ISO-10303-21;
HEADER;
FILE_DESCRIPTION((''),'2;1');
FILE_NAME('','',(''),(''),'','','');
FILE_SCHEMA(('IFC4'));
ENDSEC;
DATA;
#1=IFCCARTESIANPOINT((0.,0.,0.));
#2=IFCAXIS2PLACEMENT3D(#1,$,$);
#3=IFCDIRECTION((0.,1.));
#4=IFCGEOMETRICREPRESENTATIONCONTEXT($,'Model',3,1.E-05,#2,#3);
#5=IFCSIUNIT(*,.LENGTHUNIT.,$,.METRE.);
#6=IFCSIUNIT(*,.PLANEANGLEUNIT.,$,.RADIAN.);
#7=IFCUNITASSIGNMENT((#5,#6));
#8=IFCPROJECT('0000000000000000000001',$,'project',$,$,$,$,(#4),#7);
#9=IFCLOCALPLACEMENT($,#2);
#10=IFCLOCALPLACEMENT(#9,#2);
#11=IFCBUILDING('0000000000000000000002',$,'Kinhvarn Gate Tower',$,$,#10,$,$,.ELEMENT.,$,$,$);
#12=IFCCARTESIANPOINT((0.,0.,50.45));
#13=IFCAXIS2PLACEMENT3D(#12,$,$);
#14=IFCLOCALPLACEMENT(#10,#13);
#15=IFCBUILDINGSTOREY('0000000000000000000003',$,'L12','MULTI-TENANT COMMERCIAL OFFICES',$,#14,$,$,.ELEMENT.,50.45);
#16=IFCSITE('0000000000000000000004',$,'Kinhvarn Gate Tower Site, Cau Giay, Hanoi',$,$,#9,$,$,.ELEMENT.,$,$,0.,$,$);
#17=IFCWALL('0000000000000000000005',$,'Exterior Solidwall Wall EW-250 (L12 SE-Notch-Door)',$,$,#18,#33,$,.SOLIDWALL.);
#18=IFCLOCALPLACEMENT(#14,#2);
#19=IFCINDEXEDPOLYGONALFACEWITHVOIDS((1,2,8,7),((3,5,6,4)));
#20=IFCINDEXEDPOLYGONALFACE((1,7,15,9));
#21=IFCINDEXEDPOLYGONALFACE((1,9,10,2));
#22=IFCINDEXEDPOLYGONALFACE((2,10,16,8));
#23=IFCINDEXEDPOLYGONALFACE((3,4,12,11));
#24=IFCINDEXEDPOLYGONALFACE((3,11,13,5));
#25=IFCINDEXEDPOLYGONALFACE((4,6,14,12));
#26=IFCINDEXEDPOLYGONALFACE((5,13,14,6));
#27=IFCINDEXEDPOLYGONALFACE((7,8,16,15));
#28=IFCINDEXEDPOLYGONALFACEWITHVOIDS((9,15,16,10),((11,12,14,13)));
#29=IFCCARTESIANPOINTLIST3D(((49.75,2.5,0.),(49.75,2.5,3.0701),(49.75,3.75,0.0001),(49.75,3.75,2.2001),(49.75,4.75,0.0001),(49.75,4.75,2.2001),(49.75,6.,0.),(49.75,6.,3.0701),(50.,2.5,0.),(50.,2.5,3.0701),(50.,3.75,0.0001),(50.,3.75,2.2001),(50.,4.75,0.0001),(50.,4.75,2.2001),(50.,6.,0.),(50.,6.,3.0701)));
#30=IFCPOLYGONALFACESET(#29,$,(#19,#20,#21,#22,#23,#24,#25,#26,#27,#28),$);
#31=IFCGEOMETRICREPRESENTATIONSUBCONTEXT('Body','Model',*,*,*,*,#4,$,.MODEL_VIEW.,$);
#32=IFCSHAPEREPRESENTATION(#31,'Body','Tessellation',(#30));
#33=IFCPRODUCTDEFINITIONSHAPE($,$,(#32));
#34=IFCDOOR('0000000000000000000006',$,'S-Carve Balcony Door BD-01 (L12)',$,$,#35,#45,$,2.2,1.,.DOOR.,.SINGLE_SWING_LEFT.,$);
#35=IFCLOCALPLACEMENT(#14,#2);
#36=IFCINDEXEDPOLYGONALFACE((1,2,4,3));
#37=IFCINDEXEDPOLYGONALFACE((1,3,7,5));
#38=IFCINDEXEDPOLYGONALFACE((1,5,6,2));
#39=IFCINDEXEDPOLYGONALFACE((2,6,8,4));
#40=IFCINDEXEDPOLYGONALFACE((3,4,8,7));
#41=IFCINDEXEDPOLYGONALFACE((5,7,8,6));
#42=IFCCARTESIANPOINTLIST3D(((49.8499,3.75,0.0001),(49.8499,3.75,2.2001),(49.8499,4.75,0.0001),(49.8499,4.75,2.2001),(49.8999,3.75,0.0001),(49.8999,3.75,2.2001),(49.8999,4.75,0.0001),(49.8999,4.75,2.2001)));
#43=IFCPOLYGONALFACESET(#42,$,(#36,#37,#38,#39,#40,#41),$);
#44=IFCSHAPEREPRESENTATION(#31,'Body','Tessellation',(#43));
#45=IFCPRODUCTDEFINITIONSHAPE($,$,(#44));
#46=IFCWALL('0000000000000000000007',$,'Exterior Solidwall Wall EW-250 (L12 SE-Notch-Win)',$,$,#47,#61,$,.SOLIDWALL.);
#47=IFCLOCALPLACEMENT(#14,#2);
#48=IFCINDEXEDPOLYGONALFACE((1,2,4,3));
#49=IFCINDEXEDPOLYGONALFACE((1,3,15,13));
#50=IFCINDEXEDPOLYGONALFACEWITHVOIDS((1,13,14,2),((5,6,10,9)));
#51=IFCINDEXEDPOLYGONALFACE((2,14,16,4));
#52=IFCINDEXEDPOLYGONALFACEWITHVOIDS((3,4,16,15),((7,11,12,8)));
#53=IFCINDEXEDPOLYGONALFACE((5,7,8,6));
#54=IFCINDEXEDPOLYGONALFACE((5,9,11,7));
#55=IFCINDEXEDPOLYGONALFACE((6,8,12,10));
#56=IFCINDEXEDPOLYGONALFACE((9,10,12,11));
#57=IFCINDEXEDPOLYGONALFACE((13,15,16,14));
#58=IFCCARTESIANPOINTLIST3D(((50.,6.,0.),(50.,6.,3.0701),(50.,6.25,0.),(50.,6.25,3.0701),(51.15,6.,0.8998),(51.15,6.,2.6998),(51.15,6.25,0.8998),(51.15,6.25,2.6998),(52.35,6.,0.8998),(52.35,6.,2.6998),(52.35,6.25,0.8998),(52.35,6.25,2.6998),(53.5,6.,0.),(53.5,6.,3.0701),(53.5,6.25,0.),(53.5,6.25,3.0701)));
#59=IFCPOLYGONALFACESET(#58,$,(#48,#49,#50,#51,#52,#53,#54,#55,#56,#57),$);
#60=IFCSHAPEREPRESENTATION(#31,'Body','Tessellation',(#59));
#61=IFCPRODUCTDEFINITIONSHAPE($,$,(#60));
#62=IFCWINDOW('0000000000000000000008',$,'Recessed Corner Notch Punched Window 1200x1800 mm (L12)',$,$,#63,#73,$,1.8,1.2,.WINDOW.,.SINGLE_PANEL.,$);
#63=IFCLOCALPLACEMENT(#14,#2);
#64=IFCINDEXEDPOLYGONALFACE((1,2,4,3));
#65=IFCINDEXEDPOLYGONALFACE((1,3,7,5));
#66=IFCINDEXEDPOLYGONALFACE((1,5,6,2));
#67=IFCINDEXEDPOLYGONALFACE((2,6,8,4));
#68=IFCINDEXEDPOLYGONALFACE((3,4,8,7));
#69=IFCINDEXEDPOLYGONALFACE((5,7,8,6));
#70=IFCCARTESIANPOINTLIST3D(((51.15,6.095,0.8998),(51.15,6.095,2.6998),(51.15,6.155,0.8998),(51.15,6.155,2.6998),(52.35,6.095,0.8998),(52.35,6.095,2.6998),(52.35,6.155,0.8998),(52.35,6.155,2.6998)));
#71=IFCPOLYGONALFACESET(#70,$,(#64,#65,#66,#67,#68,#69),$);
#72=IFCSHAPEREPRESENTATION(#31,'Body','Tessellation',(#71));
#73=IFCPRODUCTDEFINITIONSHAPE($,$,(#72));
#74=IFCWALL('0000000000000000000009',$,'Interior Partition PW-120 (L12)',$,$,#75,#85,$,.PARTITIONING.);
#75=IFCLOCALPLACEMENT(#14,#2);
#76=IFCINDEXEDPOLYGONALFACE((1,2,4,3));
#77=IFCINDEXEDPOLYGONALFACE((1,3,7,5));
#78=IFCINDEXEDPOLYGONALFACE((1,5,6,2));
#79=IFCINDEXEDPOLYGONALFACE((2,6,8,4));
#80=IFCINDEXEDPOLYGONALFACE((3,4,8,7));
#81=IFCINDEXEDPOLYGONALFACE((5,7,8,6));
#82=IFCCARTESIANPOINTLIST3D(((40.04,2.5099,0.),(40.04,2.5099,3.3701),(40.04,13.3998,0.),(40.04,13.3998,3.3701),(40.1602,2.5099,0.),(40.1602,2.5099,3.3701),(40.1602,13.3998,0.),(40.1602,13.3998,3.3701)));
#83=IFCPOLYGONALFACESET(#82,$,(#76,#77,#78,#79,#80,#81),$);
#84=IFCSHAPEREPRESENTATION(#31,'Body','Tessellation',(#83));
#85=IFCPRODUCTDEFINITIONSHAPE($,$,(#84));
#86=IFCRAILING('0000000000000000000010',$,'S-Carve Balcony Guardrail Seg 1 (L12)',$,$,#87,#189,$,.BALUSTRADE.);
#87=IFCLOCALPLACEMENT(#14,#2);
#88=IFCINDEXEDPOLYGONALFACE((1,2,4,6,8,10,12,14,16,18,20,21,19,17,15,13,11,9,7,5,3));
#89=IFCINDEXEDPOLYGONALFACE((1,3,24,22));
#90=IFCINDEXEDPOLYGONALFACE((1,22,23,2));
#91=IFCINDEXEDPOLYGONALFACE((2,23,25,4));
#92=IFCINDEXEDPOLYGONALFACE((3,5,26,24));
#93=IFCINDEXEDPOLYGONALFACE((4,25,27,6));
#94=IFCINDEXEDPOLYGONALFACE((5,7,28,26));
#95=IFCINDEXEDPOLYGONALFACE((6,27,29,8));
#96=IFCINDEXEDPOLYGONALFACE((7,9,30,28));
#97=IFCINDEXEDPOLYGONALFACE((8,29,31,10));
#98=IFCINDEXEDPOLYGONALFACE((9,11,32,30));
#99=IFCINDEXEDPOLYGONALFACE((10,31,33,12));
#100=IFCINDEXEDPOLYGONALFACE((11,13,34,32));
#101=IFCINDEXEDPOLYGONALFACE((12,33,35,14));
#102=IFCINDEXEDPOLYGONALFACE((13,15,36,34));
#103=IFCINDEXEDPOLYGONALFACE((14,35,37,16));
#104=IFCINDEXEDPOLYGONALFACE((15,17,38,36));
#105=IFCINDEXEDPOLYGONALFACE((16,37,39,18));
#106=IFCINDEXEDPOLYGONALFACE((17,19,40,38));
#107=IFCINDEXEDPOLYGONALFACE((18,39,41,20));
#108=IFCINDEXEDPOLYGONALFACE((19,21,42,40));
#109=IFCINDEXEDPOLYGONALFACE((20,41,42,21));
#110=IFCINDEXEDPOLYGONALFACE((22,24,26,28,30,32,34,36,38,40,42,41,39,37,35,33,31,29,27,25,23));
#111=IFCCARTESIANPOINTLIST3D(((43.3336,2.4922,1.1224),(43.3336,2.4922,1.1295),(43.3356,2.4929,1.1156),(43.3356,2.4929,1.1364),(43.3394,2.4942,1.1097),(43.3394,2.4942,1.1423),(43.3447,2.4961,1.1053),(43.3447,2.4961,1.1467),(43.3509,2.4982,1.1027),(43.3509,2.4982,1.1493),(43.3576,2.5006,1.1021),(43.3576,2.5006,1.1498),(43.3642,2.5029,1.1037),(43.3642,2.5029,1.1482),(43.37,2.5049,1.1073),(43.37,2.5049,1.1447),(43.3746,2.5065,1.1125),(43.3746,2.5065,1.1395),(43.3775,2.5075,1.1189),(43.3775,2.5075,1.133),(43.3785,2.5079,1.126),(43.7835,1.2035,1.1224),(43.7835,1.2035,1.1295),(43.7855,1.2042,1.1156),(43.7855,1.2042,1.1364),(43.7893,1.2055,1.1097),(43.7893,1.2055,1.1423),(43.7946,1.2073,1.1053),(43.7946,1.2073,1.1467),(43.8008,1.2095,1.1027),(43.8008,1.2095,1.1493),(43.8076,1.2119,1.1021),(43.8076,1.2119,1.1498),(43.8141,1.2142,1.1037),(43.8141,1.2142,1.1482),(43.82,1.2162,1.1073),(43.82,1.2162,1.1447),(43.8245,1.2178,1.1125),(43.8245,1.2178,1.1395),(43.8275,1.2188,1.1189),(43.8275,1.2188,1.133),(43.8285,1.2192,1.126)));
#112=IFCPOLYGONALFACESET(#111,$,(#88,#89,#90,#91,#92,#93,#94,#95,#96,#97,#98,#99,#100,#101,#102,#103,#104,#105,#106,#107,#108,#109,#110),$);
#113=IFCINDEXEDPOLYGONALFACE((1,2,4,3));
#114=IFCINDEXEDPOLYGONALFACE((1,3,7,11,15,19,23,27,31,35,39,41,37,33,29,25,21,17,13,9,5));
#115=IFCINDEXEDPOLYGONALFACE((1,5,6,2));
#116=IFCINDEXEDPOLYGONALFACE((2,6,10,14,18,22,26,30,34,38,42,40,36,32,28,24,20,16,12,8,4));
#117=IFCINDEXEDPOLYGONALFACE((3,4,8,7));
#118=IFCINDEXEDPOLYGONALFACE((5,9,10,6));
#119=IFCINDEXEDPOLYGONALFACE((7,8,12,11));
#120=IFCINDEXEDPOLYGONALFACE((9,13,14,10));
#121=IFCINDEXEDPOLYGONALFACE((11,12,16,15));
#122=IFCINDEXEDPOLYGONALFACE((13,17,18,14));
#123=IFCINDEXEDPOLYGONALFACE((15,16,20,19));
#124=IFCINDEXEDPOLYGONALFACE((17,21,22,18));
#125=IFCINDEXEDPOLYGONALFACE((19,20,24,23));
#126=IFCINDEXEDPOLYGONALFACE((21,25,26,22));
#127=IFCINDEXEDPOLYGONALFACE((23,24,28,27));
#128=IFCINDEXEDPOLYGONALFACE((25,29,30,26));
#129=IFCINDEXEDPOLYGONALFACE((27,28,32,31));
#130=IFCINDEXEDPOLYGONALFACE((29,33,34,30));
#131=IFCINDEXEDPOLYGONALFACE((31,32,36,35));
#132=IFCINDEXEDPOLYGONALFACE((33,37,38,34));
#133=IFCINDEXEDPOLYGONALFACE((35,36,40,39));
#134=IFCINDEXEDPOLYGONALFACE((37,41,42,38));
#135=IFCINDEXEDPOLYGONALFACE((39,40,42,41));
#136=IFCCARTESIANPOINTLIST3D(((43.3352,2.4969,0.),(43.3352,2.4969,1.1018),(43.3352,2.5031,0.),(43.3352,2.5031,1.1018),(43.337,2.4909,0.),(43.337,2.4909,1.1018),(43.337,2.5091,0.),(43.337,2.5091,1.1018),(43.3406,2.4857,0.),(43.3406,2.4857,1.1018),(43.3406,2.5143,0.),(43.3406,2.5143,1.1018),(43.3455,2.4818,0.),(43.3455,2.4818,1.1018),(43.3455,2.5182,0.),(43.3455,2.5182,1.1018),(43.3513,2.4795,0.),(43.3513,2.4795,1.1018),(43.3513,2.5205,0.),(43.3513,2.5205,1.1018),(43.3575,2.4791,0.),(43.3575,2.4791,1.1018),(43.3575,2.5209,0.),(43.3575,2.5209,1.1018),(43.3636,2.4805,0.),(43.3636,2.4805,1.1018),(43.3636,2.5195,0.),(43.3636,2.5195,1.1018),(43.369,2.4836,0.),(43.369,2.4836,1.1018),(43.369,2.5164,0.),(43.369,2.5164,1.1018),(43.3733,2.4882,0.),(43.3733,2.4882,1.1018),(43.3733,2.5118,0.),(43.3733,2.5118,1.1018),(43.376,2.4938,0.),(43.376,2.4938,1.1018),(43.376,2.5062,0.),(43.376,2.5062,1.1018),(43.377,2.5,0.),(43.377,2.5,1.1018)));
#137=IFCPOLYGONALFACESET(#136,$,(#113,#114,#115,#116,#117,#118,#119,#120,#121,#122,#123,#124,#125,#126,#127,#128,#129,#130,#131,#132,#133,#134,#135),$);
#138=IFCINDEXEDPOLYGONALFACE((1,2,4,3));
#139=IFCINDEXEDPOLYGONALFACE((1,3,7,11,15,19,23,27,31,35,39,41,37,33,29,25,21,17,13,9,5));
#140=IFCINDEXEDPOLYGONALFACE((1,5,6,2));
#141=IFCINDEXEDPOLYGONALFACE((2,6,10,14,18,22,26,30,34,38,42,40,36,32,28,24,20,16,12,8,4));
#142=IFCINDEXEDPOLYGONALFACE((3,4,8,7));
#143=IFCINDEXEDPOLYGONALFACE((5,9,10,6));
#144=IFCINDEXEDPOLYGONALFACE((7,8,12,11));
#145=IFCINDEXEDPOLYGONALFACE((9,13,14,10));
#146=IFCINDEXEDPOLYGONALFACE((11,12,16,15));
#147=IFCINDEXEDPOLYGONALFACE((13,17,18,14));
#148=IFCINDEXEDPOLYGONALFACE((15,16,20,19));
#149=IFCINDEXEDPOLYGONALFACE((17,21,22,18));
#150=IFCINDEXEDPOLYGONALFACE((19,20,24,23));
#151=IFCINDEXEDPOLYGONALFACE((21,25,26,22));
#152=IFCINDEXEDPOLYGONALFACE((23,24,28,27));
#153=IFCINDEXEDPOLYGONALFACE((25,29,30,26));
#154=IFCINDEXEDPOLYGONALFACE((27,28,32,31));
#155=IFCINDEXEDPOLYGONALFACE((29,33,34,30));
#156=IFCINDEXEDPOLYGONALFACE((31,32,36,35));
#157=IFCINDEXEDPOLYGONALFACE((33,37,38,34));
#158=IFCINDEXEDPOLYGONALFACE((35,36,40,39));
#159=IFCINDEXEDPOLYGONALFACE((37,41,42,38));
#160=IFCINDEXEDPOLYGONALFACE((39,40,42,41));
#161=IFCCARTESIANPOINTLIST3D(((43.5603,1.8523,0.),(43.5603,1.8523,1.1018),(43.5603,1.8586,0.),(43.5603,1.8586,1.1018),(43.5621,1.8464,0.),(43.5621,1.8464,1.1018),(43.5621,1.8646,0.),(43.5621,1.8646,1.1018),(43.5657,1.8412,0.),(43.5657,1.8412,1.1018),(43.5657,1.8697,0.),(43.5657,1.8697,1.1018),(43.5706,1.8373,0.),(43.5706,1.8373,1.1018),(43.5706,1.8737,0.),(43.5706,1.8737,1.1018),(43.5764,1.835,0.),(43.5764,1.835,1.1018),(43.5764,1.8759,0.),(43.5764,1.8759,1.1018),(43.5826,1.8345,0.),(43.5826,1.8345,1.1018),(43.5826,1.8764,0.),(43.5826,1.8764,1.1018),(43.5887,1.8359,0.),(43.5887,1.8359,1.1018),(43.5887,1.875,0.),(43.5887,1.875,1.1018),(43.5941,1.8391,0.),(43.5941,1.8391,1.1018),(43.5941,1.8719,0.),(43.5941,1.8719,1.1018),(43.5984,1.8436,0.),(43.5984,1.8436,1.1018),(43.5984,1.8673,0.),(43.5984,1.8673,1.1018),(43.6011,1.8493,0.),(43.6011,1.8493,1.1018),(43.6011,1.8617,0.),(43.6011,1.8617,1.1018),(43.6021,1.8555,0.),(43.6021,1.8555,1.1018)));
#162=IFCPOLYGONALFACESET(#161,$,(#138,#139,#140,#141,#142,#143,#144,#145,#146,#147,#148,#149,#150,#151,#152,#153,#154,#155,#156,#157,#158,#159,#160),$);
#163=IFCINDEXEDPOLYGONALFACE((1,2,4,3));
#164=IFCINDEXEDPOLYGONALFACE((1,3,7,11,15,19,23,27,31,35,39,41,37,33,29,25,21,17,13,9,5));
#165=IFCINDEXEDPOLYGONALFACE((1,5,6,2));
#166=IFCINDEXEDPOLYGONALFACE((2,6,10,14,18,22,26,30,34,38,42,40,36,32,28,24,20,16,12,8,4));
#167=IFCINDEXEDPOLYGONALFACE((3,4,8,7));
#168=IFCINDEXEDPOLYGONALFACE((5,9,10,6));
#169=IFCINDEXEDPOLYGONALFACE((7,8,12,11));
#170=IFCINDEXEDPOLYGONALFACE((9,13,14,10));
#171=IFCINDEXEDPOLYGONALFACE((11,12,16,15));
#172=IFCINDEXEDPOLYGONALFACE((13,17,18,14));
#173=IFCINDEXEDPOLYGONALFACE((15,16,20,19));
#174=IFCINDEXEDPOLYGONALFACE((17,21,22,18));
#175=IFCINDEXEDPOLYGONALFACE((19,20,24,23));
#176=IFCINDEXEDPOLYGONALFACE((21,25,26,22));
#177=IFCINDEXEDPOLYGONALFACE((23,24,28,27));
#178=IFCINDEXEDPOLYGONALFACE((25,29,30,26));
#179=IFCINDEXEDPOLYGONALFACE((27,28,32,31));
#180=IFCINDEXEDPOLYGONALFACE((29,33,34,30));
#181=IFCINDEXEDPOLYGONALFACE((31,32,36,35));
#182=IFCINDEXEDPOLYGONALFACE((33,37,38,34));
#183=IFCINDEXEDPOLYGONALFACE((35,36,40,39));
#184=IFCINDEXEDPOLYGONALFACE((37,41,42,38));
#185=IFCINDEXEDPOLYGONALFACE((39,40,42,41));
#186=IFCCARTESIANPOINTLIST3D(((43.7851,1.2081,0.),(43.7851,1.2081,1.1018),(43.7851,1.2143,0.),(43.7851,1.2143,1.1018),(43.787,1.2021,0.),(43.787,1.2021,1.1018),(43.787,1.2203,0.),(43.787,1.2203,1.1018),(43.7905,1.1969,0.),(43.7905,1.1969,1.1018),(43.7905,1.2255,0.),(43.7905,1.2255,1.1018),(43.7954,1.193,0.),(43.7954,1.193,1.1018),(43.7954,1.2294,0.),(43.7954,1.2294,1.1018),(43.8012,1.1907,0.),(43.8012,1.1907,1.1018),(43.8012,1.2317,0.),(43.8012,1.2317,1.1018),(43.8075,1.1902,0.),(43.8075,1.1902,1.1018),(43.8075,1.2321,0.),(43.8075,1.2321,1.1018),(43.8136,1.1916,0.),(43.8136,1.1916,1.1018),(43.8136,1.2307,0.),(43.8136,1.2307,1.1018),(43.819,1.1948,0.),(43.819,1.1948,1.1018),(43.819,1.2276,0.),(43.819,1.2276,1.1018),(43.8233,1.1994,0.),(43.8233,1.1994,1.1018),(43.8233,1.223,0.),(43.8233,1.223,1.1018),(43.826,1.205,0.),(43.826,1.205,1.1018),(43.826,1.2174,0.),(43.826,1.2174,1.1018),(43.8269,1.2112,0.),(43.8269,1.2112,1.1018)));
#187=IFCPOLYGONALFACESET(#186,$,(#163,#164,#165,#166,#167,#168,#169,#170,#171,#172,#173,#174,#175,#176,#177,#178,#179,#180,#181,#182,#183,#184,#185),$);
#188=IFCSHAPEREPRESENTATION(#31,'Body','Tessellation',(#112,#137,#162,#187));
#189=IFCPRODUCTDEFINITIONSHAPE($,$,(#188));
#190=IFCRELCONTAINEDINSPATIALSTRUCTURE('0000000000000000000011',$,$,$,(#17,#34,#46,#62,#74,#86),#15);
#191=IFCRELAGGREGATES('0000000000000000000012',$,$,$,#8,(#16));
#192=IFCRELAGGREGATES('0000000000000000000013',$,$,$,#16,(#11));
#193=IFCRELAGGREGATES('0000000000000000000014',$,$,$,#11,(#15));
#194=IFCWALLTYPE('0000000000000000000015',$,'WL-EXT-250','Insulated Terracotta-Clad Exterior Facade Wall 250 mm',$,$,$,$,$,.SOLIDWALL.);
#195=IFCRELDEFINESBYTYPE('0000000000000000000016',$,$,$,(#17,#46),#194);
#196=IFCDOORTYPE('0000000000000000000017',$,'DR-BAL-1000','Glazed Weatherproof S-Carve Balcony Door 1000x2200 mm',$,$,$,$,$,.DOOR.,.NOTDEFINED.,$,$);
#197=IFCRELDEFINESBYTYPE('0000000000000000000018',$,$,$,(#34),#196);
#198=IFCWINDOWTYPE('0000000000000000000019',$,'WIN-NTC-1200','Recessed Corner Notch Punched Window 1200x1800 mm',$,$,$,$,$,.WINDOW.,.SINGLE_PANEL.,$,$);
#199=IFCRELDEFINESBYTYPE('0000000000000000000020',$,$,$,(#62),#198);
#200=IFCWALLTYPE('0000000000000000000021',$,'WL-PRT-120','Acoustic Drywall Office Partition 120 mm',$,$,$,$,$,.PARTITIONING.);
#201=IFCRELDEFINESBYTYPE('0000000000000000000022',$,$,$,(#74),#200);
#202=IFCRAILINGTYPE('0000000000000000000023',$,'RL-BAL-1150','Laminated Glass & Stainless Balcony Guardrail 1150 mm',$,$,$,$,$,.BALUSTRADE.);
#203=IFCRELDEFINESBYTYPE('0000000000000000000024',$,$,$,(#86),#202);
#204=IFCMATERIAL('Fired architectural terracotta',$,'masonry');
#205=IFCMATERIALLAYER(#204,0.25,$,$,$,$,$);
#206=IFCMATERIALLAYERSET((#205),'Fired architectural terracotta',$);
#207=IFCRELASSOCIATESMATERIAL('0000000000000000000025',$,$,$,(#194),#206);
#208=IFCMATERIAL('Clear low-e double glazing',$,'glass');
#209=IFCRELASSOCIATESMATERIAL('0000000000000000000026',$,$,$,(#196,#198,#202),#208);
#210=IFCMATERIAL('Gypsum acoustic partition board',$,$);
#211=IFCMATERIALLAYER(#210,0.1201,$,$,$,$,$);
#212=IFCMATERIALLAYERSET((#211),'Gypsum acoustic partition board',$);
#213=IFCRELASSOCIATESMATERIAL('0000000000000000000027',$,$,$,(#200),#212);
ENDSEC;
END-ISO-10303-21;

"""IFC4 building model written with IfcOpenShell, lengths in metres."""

from ifc_helpers import new_model, si_unit, direction, frame, frame_2d, origin, origin_2d, place, context, subcontext, project, spatial, rectangle, circle, extrude, material, layer, layer_set, type_object, element, fill, save


model = new_model("IFC4")

# Units and contexts
model_context = context("Model", 3, precision=1e-05, world=origin(), true_north=direction((0.0, 1.0)))
body_context = subcontext(model_context, "Body", "Model", "MODEL_VIEW")
ifc_project = project(units=[si_unit("LENGTHUNIT", "METRE"), si_unit("PLANEANGLEUNIT", "RADIAN")], contexts=[model_context])

# Site, building, storey
site_placement = place(None, origin())
site = spatial("IfcSite", under=ifc_project, at=site_placement, Name="Kinhvarn Gate Tower Site, Cau Giay, Hanoi", CompositionType="ELEMENT", RefElevation=0.0)
building_placement = place(site_placement, origin())
building = spatial("IfcBuilding", under=site, at=building_placement, Name="Kinhvarn Gate Tower", CompositionType="ELEMENT")
storey_placement = place(building_placement, frame((0.0, 0.0, 50.45)))
storey = spatial("IfcBuildingStorey", under=building, at=storey_placement, Name="L12", Description="MULTI-TENANT COMMERCIAL OFFICES", CompositionType="ELEMENT", Elevation=50.45)

# Shared definitions
ifc_material_1 = material(Name="Clear low-e double glazing", Category="glass")

# Wall, opening, door
ifc_material_2 = material(Name="Fired architectural terracotta", Category="masonry")
ifc_layer_1 = layer(ifc_material_2, 0.25)
ifc_layer_set_1 = layer_set([ifc_layer_1], Name="Fired architectural terracotta")
wall_type_1 = type_object("IfcWallType", Name="WL-EXT-250", Description="Insulated Terracotta-Clad Exterior Facade Wall 250 mm", PredefinedType="SOLIDWALL", material=ifc_layer_set_1)
wall_1_placement = place(storey_placement, frame((49.875, 2.5, 0.0), z_axis=(0.0, 0.0, 1.0), x_axis=(0.0, 1.0, 0.0)))
wall_1 = element("IfcWall", 1, at=wall_1_placement, inside=storey, type_object=wall_type_1, Name="Exterior Solidwall Wall EW-250 (L12 SE-Notch-Door)", PredefinedType="SOLIDWALL", context=body_context, shape_type="SweptSolid", body=[
    extrude(rectangle(XDim=3.5, YDim=0.25, at=frame_2d((1.75, 0.0))), origin(), (0.0, 0.0, 1.0), 3.0701),
])
opening_1_placement = place(wall_1_placement, frame((1.25, 0.0, 0.0)))
opening_1 = element("IfcOpeningElement", 2, at=opening_1_placement, cuts=wall_1, PredefinedType="OPENING", context=body_context, shape_type="SweptSolid", body=[
    extrude(rectangle(XDim=1.0, YDim=2.2, at=frame_2d((0.5, 1.1001))), frame((0.0, 0.135, 0.0), z_axis=(0.0, -1.0, 0.0), x_axis=(1.0, 0.0, 0.0)), (0.0, 0.0, 1.0), 0.27),
])
door_type = type_object("IfcDoorType", Name="DR-BAL-1000", Description="Glazed Weatherproof S-Carve Balcony Door 1000x2200 mm", OperationType="NOTDEFINED", PredefinedType="DOOR", material=ifc_material_1)
door_placement = place(opening_1_placement, frame((1.0, 0.0, 0.0), z_axis=(0.0, 0.0, 1.0), x_axis=(-1.0, 0.0, 0.0)))
door = element("IfcDoor", 3, at=door_placement, inside=storey, type_object=door_type, Name="S-Carve Balcony Door BD-01 (L12)", OperationType="SINGLE_SWING_LEFT", OverallHeight=2.2, OverallWidth=1.0, PredefinedType="DOOR", context=body_context, shape_type="SweptSolid", body=[
    extrude(rectangle(XDim=1.0, YDim=2.2, at=frame_2d((0.5, 1.1001))), frame((0.0, 0.0249, 0.0), z_axis=(0.0, -1.0, 0.0), x_axis=(1.0, 0.0, 0.0)), (0.0, 0.0, 1.0), 0.05),
])
fill(opening_1, door)

# Wall, opening, window
wall_2_placement = place(storey_placement, frame((50.0, 6.125, 0.0), z_axis=(0.0, 0.0, 1.0), x_axis=(1.0, 0.0, 0.0)))
wall_2 = element("IfcWall", 4, at=wall_2_placement, inside=storey, type_object=wall_type_1, Name="Exterior Solidwall Wall EW-250 (L12 SE-Notch-Win)", PredefinedType="SOLIDWALL", context=body_context, shape_type="SweptSolid", body=[
    extrude(rectangle(XDim=3.5, YDim=0.25, at=frame_2d((1.75, 0.0))), origin(), (0.0, 0.0, 1.0), 3.0701),
])
opening_2_placement = place(wall_2_placement, frame((1.1499, 0.0, 0.8999)))
opening_2 = element("IfcOpeningElement", 5, at=opening_2_placement, cuts=wall_2, PredefinedType="OPENING", context=body_context, shape_type="SweptSolid", body=[
    extrude(rectangle(XDim=1.2, YDim=1.8, at=frame_2d((0.6001, 0.8999))), frame((0.0, 0.135, 0.0), z_axis=(0.0, -1.0, 0.0), x_axis=(1.0, 0.0, 0.0)), (0.0, 0.0, 1.0), 0.27),
])
window_type = type_object("IfcWindowType", Name="WIN-NTC-1200", Description="Recessed Corner Notch Punched Window 1200x1800 mm", PartitioningType="SINGLE_PANEL", PredefinedType="WINDOW", material=ifc_material_1)
window_placement = place(opening_2_placement, origin())
window = element("IfcWindow", 6, at=window_placement, inside=storey, type_object=window_type, Name="Recessed Corner Notch Punched Window 1200x1800 mm (L12)", OverallHeight=1.8, OverallWidth=1.2, PartitioningType="SINGLE_PANEL", PredefinedType="WINDOW", context=body_context, shape_type="SweptSolid", body=[
    extrude(rectangle(XDim=1.2, YDim=1.8, at=frame_2d((0.6001, 0.8999))), frame((0.0, 0.03, 0.0), z_axis=(0.0, -1.0, 0.0), x_axis=(1.0, 0.0, 0.0)), (0.0, 0.0, 1.0), 0.0601),
])
fill(opening_2, window)

# Wall
ifc_material_3 = material(Name="Gypsum acoustic partition board")
ifc_layer_2 = layer(ifc_material_3, 0.1201)
ifc_layer_set_2 = layer_set([ifc_layer_2], Name="Gypsum acoustic partition board")
wall_type_2 = type_object("IfcWallType", Name="WL-PRT-120", Description="Acoustic Drywall Office Partition 120 mm", PredefinedType="PARTITIONING", material=ifc_layer_set_2)
wall_3_placement = place(storey_placement, frame((40.1001, 2.51, 0.0), z_axis=(0.0, 0.0, 1.0), x_axis=(0.0, 1.0, 0.0)))
element("IfcWall", 7, at=wall_3_placement, inside=storey, type_object=wall_type_2, Name="Interior Partition PW-120 (L12)", PredefinedType="PARTITIONING", context=body_context, shape_type="SweptSolid", body=[
    extrude(rectangle(XDim=10.8899, YDim=0.1201, at=frame_2d((5.4448, 0.0))), origin(), (0.0, 0.0, 1.0), 3.3701),
])

# Railing
railing_type = type_object("IfcRailingType", Name="RL-BAL-1150", Description="Laminated Glass & Stainless Balcony Guardrail 1150 mm", PredefinedType="BALUSTRADE", material=ifc_material_1)
railing_1_placement = place(storey_placement, frame((43.356, 2.5, 0.0)))
element("IfcRailing", 8, at=railing_1_placement, inside=storey, type_object=railing_type, Name="S-Carve Balcony Guardrail Seg 1 (L12)", PredefinedType="BALUSTRADE", context=body_context, shape_type="SweptSolid", body=[
    extrude(circle(Radius=0.0239, at=origin_2d()), frame((0.0, 0.0, 1.126), z_axis=(0.329609, -0.944117, 0.0), x_axis=(0.944117, 0.329609, 0.0)), (0.0, 0.0, 1.0), 1.365),
    extrude(circle(Radius=0.021, at=origin_2d()), origin(), (0.0, 0.0, 1.0), 1.1018),
    extrude(circle(Radius=0.021, at=origin_2d()), frame((0.2251, -0.6445, 0.0)), (0.0, 0.0, 1.0), 1.1018),
    extrude(circle(Radius=0.021, at=origin_2d()), frame((0.45, -1.2888, 0.0)), (0.0, 0.0, 1.0), 1.1018),
])

save(model, "model.ifc")
